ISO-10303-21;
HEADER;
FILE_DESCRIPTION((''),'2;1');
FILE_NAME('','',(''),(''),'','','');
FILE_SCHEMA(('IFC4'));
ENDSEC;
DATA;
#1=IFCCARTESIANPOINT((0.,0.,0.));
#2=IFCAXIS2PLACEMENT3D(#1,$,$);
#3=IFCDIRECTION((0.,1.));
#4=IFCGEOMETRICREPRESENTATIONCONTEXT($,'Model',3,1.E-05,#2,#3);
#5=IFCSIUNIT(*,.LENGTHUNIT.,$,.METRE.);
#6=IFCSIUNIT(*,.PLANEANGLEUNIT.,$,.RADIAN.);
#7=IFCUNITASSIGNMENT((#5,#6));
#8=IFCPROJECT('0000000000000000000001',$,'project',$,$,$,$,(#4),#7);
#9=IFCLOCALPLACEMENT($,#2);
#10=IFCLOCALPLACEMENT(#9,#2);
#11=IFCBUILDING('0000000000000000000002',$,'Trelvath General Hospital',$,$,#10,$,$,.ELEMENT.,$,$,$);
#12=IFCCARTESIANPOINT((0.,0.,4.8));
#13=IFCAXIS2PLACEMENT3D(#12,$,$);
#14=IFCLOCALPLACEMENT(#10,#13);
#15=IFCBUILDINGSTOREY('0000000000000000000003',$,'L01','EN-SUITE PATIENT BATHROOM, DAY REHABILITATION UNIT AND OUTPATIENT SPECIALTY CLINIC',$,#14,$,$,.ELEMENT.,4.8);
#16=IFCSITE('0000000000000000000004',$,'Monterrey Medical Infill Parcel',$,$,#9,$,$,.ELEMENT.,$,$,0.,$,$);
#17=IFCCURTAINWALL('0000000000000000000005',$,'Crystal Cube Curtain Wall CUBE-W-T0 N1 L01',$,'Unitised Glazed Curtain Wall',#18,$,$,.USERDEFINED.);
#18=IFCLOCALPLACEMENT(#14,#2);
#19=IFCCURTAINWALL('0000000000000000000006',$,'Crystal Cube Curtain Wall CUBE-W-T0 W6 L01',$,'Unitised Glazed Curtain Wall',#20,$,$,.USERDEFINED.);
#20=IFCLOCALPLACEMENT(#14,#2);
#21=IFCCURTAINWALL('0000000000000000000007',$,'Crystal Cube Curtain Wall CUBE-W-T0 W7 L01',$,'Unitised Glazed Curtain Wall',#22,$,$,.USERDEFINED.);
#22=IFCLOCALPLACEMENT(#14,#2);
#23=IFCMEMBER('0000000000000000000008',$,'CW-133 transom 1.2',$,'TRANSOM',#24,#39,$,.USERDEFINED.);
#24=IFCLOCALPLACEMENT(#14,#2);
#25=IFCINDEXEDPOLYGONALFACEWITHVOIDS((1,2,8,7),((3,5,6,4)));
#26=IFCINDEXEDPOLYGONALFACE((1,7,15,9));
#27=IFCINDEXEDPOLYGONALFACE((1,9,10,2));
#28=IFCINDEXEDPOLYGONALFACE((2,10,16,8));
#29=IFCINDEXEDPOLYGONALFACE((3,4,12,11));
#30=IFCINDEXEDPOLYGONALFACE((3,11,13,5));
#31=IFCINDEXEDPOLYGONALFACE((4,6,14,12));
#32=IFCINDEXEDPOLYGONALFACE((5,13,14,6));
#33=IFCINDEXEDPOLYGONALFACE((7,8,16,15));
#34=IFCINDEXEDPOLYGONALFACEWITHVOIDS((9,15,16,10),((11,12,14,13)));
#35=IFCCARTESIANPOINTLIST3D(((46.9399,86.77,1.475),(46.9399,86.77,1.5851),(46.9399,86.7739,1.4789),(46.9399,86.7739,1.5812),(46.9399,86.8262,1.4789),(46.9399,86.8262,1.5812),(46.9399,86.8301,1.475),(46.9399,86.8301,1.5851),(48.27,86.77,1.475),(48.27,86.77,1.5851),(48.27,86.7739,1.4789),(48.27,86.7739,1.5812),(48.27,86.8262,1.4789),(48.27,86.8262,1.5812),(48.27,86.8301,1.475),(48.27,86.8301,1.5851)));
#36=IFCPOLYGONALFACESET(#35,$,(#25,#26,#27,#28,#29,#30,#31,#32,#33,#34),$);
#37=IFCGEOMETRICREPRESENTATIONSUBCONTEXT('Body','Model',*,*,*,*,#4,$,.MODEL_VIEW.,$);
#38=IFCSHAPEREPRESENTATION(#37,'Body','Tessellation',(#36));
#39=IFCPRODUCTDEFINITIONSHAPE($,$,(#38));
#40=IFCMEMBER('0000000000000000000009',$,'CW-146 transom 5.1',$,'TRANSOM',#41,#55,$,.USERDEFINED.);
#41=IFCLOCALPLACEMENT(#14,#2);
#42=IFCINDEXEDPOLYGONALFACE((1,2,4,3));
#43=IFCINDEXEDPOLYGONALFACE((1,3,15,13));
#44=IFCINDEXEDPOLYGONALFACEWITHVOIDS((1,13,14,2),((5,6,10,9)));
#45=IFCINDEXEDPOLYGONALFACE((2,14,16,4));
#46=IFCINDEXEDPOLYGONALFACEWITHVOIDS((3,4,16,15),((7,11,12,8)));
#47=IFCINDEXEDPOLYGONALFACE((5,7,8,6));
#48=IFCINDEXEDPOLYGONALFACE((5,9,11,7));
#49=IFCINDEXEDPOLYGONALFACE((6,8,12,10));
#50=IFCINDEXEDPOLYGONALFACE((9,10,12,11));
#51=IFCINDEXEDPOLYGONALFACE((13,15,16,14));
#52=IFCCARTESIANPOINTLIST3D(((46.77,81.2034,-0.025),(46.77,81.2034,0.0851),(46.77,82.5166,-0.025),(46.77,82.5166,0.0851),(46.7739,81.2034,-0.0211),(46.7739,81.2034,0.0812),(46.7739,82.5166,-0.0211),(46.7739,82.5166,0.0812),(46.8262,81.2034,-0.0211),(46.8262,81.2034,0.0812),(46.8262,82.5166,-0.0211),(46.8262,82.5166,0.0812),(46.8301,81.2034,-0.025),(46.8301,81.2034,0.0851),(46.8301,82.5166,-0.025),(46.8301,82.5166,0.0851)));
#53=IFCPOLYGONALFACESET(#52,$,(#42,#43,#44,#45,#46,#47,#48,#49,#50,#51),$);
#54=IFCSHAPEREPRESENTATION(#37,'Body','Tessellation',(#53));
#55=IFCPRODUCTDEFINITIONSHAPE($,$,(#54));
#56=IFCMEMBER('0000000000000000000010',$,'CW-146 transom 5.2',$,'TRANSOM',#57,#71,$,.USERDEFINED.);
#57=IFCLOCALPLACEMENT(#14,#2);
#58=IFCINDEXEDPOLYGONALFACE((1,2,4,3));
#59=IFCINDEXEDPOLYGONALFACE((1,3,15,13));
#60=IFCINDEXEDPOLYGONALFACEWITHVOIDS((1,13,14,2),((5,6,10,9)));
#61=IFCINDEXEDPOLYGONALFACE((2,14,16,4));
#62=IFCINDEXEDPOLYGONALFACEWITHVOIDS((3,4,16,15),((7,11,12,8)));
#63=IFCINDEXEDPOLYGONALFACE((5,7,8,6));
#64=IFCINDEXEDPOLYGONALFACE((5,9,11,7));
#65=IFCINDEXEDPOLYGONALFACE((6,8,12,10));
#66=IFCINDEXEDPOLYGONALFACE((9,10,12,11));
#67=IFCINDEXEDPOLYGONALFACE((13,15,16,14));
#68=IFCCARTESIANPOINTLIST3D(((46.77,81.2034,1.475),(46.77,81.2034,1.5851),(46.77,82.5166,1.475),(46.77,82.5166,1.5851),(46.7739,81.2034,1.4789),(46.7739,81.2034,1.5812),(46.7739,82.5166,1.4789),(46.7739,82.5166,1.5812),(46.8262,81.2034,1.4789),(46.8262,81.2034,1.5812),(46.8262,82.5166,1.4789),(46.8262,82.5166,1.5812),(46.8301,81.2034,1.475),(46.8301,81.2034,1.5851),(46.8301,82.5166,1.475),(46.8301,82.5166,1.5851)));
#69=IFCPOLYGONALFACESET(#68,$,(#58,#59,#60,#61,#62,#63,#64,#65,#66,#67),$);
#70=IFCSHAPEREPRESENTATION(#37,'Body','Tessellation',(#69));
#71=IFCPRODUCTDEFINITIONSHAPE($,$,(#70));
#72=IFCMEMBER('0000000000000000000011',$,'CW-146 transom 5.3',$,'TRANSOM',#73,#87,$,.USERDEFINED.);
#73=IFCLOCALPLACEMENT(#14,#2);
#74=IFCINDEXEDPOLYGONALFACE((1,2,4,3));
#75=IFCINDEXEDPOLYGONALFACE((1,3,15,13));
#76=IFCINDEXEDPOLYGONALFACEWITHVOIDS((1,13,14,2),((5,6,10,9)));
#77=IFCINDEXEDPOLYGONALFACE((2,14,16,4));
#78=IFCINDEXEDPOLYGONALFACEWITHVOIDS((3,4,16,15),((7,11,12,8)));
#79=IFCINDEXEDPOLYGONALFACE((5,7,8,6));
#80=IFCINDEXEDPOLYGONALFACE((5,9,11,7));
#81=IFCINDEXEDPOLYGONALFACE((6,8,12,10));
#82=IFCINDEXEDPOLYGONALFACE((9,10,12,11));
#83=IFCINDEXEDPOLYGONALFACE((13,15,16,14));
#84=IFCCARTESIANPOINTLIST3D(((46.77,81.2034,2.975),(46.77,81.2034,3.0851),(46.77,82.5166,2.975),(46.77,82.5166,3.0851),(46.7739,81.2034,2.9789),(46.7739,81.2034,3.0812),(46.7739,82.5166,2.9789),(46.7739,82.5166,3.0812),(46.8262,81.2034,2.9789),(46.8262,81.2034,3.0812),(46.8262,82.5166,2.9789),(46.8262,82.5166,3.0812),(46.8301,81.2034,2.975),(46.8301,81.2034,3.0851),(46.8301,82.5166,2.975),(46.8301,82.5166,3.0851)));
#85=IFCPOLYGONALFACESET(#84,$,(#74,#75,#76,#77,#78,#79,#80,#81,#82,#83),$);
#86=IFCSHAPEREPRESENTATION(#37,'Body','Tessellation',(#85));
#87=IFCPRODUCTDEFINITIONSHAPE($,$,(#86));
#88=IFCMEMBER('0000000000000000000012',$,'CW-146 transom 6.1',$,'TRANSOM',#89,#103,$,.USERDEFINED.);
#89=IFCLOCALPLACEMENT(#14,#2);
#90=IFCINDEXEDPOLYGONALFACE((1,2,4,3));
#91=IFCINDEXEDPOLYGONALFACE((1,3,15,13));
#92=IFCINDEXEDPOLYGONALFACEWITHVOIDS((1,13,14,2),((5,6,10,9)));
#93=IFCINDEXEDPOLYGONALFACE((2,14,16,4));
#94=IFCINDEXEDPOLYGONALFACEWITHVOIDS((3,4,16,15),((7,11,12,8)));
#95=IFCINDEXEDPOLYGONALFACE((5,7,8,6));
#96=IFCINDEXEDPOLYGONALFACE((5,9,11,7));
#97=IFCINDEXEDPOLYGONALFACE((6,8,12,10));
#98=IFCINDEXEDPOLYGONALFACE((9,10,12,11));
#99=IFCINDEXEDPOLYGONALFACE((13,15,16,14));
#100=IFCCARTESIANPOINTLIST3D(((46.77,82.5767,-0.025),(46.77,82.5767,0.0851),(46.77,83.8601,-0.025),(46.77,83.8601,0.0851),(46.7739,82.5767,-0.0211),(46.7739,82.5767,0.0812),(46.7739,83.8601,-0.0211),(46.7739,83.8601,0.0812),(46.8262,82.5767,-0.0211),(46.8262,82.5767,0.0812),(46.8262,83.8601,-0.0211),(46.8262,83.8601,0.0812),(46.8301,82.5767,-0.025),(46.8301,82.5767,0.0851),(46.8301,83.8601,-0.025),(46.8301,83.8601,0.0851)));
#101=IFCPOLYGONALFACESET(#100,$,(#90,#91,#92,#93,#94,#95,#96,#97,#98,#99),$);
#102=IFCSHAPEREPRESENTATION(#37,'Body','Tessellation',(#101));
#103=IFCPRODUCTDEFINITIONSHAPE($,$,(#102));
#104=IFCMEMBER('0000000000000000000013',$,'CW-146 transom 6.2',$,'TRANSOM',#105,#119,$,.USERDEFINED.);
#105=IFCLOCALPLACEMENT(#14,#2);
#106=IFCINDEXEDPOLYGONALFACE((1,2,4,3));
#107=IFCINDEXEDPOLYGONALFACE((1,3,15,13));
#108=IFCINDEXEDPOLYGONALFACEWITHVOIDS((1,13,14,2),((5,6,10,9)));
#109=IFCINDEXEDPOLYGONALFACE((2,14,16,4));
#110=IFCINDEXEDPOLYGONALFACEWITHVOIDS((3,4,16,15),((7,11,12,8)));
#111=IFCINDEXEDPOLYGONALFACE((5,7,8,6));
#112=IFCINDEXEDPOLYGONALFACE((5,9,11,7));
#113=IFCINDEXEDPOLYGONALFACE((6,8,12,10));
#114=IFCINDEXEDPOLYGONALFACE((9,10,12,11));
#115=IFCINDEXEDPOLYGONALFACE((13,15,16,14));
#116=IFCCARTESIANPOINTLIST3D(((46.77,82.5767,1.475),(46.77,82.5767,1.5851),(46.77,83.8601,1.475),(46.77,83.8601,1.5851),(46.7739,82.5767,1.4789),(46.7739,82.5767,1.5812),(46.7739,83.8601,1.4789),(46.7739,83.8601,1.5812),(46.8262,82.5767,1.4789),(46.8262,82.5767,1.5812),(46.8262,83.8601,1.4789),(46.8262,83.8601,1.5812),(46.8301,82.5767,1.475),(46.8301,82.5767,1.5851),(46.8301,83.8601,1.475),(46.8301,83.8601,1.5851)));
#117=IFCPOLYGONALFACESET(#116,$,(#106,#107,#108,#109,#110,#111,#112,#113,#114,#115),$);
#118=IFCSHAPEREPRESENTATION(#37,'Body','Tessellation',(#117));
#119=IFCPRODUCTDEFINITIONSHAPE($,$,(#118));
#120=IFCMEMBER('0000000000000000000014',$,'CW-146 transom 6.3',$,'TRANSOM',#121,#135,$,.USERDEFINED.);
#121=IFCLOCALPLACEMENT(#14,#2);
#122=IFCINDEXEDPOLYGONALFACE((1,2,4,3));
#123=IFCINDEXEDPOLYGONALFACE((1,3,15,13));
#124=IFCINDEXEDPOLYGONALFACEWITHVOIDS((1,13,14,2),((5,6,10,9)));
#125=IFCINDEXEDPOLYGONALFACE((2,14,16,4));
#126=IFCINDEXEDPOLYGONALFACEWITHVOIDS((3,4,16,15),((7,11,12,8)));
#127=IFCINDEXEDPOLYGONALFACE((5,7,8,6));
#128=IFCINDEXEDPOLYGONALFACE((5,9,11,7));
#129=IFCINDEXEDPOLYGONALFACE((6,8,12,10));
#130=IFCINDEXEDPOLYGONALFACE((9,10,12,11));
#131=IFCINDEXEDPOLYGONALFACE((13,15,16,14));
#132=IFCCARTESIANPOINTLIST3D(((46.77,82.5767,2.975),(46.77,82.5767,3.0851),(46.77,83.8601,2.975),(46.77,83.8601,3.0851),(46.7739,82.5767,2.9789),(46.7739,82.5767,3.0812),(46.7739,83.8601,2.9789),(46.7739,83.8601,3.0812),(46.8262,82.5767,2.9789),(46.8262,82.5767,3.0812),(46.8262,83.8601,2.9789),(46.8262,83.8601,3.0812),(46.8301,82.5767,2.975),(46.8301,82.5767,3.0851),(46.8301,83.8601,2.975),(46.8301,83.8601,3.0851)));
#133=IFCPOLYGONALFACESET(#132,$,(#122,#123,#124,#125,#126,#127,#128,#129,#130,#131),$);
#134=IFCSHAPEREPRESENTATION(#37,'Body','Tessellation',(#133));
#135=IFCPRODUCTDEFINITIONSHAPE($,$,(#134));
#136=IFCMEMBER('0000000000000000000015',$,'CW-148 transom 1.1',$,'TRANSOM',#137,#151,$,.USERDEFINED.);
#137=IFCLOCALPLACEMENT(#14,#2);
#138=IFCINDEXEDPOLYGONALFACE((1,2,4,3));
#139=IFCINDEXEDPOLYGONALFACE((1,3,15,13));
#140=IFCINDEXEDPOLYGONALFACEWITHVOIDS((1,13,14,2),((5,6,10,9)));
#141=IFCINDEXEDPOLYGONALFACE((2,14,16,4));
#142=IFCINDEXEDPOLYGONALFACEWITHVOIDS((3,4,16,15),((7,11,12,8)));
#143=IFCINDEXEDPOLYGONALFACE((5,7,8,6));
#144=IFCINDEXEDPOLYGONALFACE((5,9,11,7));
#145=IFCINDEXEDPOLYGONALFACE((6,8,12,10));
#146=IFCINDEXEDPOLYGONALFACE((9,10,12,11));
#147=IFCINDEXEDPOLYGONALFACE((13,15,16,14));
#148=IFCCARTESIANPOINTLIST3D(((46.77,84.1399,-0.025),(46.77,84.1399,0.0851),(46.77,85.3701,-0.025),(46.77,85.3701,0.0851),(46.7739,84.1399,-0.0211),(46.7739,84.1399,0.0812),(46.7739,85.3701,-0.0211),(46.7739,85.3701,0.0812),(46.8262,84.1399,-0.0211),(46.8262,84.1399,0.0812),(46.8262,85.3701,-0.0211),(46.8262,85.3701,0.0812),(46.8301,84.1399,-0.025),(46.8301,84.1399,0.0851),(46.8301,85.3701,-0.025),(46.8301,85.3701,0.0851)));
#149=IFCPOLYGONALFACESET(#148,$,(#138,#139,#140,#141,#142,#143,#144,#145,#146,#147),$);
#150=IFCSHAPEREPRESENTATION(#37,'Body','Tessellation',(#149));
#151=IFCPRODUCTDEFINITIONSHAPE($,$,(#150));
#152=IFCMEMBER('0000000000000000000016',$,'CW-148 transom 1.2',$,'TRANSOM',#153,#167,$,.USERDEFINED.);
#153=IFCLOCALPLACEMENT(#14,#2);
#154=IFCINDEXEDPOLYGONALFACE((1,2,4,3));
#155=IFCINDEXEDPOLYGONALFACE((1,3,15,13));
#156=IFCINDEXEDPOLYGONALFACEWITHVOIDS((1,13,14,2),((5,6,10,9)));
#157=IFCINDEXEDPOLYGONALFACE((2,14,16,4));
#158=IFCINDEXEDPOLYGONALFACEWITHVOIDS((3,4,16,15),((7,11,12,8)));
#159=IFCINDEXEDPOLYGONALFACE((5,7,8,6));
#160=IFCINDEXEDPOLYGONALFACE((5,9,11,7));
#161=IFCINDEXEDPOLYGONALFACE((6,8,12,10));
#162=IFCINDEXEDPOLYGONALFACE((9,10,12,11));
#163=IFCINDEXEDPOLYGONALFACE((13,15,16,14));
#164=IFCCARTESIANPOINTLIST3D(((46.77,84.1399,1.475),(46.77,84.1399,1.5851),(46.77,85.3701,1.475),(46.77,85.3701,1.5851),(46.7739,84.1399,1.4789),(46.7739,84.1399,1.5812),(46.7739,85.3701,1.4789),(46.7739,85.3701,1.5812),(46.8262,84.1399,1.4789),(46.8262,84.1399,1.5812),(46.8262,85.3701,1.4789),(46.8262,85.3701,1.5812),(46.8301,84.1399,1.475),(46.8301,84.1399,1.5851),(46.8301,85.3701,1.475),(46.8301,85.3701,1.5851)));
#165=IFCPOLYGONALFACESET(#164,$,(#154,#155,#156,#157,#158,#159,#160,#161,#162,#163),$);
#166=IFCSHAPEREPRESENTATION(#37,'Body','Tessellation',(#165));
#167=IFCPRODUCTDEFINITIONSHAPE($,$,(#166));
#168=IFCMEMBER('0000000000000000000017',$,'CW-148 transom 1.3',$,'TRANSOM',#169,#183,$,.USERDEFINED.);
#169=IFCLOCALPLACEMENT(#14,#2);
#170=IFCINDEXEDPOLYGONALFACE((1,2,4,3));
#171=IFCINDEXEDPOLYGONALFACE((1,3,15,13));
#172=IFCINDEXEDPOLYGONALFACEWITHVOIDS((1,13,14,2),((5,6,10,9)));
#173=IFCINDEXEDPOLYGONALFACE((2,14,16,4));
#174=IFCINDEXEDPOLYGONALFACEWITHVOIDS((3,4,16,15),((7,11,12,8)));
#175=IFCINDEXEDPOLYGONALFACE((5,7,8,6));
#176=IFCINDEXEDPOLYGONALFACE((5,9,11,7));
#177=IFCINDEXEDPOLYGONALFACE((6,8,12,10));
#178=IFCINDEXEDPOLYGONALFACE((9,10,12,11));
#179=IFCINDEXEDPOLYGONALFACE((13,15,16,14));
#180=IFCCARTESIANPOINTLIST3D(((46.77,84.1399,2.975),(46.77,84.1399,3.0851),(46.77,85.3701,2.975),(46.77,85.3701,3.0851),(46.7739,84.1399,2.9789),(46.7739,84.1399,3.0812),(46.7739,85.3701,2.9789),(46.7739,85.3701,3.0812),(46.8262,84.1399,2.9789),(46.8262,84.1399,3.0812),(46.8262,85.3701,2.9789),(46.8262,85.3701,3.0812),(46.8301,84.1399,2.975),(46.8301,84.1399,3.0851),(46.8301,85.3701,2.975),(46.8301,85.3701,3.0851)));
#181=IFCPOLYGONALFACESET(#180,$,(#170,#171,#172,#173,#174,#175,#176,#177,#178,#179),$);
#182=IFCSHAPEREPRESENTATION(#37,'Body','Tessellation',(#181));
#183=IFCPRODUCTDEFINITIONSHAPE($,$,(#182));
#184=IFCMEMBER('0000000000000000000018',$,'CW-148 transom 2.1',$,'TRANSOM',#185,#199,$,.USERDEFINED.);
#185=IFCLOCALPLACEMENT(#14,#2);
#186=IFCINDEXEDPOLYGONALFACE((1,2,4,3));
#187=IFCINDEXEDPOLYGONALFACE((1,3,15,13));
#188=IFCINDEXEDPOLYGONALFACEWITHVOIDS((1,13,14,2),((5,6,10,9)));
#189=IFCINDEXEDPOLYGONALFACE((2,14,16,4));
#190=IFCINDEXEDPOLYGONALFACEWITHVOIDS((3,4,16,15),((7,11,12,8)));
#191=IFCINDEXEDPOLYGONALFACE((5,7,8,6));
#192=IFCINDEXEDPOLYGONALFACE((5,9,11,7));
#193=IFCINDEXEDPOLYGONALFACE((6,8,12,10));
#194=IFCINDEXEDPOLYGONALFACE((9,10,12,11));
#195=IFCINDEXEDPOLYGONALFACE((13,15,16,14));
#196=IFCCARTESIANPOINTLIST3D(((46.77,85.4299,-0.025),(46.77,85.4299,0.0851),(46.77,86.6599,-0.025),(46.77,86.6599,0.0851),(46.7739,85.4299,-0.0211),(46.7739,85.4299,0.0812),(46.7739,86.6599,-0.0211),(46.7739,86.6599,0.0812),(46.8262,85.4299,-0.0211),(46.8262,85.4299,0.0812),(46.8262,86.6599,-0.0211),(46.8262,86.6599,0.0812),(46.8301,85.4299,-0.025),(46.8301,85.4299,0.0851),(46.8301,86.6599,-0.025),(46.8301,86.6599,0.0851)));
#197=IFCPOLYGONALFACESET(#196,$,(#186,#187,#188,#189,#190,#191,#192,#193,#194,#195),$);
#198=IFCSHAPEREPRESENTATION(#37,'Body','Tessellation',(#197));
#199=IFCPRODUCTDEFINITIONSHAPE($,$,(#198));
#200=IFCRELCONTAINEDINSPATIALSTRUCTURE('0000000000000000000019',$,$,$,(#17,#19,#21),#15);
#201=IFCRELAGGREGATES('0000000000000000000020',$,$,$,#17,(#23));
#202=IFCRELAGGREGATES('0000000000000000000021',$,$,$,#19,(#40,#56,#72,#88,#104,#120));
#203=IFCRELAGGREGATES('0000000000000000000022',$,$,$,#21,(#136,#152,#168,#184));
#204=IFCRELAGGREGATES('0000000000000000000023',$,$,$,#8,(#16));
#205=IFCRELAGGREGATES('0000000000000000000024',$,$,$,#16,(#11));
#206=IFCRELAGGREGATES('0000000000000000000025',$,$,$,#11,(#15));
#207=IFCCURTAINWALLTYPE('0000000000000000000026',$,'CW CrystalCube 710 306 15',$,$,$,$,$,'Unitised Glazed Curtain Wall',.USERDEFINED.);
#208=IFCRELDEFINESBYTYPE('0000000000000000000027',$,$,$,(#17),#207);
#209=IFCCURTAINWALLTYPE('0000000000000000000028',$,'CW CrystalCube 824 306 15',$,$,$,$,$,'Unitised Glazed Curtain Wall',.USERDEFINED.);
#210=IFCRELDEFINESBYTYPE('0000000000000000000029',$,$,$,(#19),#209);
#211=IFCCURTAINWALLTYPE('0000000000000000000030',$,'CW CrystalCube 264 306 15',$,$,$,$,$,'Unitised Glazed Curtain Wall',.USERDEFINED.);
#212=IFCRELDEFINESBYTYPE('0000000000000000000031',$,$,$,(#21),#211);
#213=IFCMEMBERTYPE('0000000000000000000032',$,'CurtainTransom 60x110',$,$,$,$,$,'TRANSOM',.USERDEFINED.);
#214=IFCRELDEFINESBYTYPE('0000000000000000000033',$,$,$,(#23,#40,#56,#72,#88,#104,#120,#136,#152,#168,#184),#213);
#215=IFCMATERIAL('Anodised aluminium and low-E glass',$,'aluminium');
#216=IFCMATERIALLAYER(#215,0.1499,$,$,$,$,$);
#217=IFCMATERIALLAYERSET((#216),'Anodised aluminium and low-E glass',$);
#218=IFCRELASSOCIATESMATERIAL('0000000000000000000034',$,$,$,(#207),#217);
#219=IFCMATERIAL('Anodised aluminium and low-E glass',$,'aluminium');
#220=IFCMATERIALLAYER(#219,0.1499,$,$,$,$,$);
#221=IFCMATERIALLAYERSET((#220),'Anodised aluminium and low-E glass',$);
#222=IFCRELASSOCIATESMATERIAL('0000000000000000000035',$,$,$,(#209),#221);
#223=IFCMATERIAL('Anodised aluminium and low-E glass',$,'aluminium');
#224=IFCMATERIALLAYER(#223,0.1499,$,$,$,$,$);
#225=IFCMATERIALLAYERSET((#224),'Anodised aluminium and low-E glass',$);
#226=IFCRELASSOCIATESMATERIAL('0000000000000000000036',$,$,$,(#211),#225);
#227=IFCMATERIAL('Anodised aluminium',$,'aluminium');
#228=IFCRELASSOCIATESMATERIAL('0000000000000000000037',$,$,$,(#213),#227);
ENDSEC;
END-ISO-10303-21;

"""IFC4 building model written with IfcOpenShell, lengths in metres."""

from ifc_helpers import new_model, si_unit, direction, frame, origin, origin_2d, place, context, subcontext, project, spatial, hollow_rectangle, extrude, material, layer, layer_set, material_profile, profile_set, type_object, element, aggregate, save


model = new_model("IFC4")

# Units and contexts
model_context = context("Model", 3, precision=1e-05, world=origin(), true_north=direction((0.0, 1.0)))
body_context = subcontext(model_context, "Body", "Model", "MODEL_VIEW")
ifc_project = project(units=[si_unit("LENGTHUNIT", "METRE"), si_unit("PLANEANGLEUNIT", "RADIAN")], contexts=[model_context])

# Site, building, storey
site_placement = place(None, origin())
site = spatial("IfcSite", under=ifc_project, at=site_placement, Name="Monterrey Medical Infill Parcel", CompositionType="ELEMENT", RefElevation=0.0)
building_placement = place(site_placement, origin())
building = spatial("IfcBuilding", under=site, at=building_placement, Name="Trelvath General Hospital", CompositionType="ELEMENT")
storey_placement = place(building_placement, frame((0.0, 0.0, 4.8)))
storey = spatial("IfcBuildingStorey", under=building, at=storey_placement, Name="L01", Description="EN-SUITE PATIENT BATHROOM, DAY REHABILITATION UNIT AND OUTPATIENT SPECIALTY CLINIC", CompositionType="ELEMENT", Elevation=4.8)

# Curtain wall
ifc_material_1 = material(Name="Anodised aluminium and low-E glass", Category="aluminium")
ifc_layer_1 = layer(ifc_material_1, 0.1499)
ifc_layer_set_1 = layer_set([ifc_layer_1], Name="Anodised aluminium and low-E glass")
curtain_wall_type_1 = type_object("IfcCurtainWallType", Name="CW CrystalCube 710 306 15", ElementType="Unitised Glazed Curtain Wall", PredefinedType="USERDEFINED", material=ifc_layer_set_1)
curtain_wall_1_placement = place(storey_placement, origin())
curtain_wall_1 = element("IfcCurtainWall", 1, at=curtain_wall_1_placement, inside=storey, type_object=curtain_wall_type_1, Name="Crystal Cube Curtain Wall CUBE-W-T0 N1 L01", ObjectType="Unitised Glazed Curtain Wall", PredefinedType="USERDEFINED")

# Curtain walls
ifc_material_2 = material(Name="Anodised aluminium and low-E glass", Category="aluminium")
ifc_layer_2 = layer(ifc_material_2, 0.1499)
ifc_layer_set_2 = layer_set([ifc_layer_2], Name="Anodised aluminium and low-E glass")
curtain_wall_type_2 = type_object("IfcCurtainWallType", Name="CW CrystalCube 824 306 15", ElementType="Unitised Glazed Curtain Wall", PredefinedType="USERDEFINED", material=ifc_layer_set_2)
curtain_wall_2_placement = place(storey_placement, origin())
curtain_wall_2 = element("IfcCurtainWall", 2, at=curtain_wall_2_placement, inside=storey, type_object=curtain_wall_type_2, Name="Crystal Cube Curtain Wall CUBE-W-T0 W6 L01", ObjectType="Unitised Glazed Curtain Wall", PredefinedType="USERDEFINED")
ifc_material_3 = material(Name="Anodised aluminium and low-E glass", Category="aluminium")
ifc_layer_3 = layer(ifc_material_3, 0.1499)
ifc_layer_set_3 = layer_set([ifc_layer_3], Name="Anodised aluminium and low-E glass")
curtain_wall_type_3 = type_object("IfcCurtainWallType", Name="CW CrystalCube 264 306 15", ElementType="Unitised Glazed Curtain Wall", PredefinedType="USERDEFINED", material=ifc_layer_set_3)
curtain_wall_3_placement = place(storey_placement, origin())
curtain_wall_3 = element("IfcCurtainWall", 3, at=curtain_wall_3_placement, inside=storey, type_object=curtain_wall_type_3, Name="Crystal Cube Curtain Wall CUBE-W-T0 W7 L01", ObjectType="Unitised Glazed Curtain Wall", PredefinedType="USERDEFINED")

# Members
ifc_material_4 = material(Name="Anodised aluminium", Category="aluminium")
ifc_material_profile_1 = material_profile(ifc_material_4, hollow_rectangle(XDim=0.0601, YDim=0.1101, WallThickness=0.0039, at=origin_2d()), Name="RHS60x110x4")
ifc_profile_set_1 = profile_set([ifc_material_profile_1], Name="Anodised aluminium")
member_type_1 = type_object("IfcMemberType", Name="CurtainTransom 60x110", ElementType="TRANSOM", PredefinedType="USERDEFINED", material=ifc_profile_set_1)
member_1_placement = place(storey_placement, frame((46.9399, 86.8, 1.53), z_axis=(1.0, 0.0, 0.0), x_axis=(0.0, 1.0, 0.0)))
member_1 = element("IfcMember", 4, at=member_1_placement, type_object=member_type_1, Name="CW-133 transom 1.2", ObjectType="TRANSOM", PredefinedType="USERDEFINED", context=body_context, shape_type="SweptSolid", body=[
    extrude(hollow_rectangle(XDim=0.0601, YDim=0.1101, WallThickness=0.0039, at=origin_2d()), origin(), (0.0, 0.0, 1.0), 1.3301),
])
aggregate(curtain_wall_1, [member_1])
member_2_placement = place(storey_placement, frame((46.8, 81.2034, 0.03), z_axis=(0.0, 1.0, 0.0), x_axis=(-1.0, 0.0, 0.0)))
member_2 = element("IfcMember", 5, at=member_2_placement, type_object=member_type_1, Name="CW-146 transom 5.1", ObjectType="TRANSOM", PredefinedType="USERDEFINED", context=body_context, shape_type="SweptSolid", body=[
    extrude(hollow_rectangle(XDim=0.0601, YDim=0.1101, WallThickness=0.0039, at=origin_2d()), origin(), (0.0, 0.0, 1.0), 1.3132),
])
member_3_placement = place(storey_placement, frame((46.8, 81.2034, 1.53), z_axis=(0.0, 1.0, 0.0), x_axis=(-1.0, 0.0, 0.0)))
member_3 = element("IfcMember", 6, at=member_3_placement, type_object=member_type_1, Name="CW-146 transom 5.2", ObjectType="TRANSOM", PredefinedType="USERDEFINED", context=body_context, shape_type="SweptSolid", body=[
    extrude(hollow_rectangle(XDim=0.0601, YDim=0.1101, WallThickness=0.0039, at=origin_2d()), origin(), (0.0, 0.0, 1.0), 1.3132),
])
member_4_placement = place(storey_placement, frame((46.8, 81.2034, 3.03), z_axis=(0.0, 1.0, 0.0), x_axis=(-1.0, 0.0, 0.0)))
member_4 = element("IfcMember", 7, at=member_4_placement, type_object=member_type_1, Name="CW-146 transom 5.3", ObjectType="TRANSOM", PredefinedType="USERDEFINED", context=body_context, shape_type="SweptSolid", body=[
    extrude(hollow_rectangle(XDim=0.0601, YDim=0.1101, WallThickness=0.0039, at=origin_2d()), origin(), (0.0, 0.0, 1.0), 1.3132),
])
member_5_placement = place(storey_placement, frame((46.8, 82.5767, 0.03), z_axis=(0.0, 1.0, 0.0), x_axis=(-1.0, 0.0, 0.0)))
member_5 = element("IfcMember", 8, at=member_5_placement, type_object=member_type_1, Name="CW-146 transom 6.1", ObjectType="TRANSOM", PredefinedType="USERDEFINED", context=body_context, shape_type="SweptSolid", body=[
    extrude(hollow_rectangle(XDim=0.0601, YDim=0.1101, WallThickness=0.0039, at=origin_2d()), origin(), (0.0, 0.0, 1.0), 1.2834),
])
member_6_placement = place(storey_placement, frame((46.8, 82.5767, 1.53), z_axis=(0.0, 1.0, 0.0), x_axis=(-1.0, 0.0, 0.0)))
member_6 = element("IfcMember", 9, at=member_6_placement, type_object=member_type_1, Name="CW-146 transom 6.2", ObjectType="TRANSOM", PredefinedType="USERDEFINED", context=body_context, shape_type="SweptSolid", body=[
    extrude(hollow_rectangle(XDim=0.0601, YDim=0.1101, WallThickness=0.0039, at=origin_2d()), origin(), (0.0, 0.0, 1.0), 1.2834),
])
member_7_placement = place(storey_placement, frame((46.8, 82.5767, 3.03), z_axis=(0.0, 1.0, 0.0), x_axis=(-1.0, 0.0, 0.0)))
member_7 = element("IfcMember", 10, at=member_7_placement, type_object=member_type_1, Name="CW-146 transom 6.3", ObjectType="TRANSOM", PredefinedType="USERDEFINED", context=body_context, shape_type="SweptSolid", body=[
    extrude(hollow_rectangle(XDim=0.0601, YDim=0.1101, WallThickness=0.0039, at=origin_2d()), origin(), (0.0, 0.0, 1.0), 1.2834),
])
member_8_placement = place(storey_placement, frame((46.8, 84.1399, 0.03), z_axis=(0.0, 1.0, 0.0), x_axis=(-1.0, 0.0, 0.0)))
member_8 = element("IfcMember", 11, at=member_8_placement, type_object=member_type_1, Name="CW-148 transom 1.1", ObjectType="TRANSOM", PredefinedType="USERDEFINED", context=body_context, shape_type="SweptSolid", body=[
    extrude(hollow_rectangle(XDim=0.0601, YDim=0.1101, WallThickness=0.0039, at=origin_2d()), origin(), (0.0, 0.0, 1.0), 1.2302),
])
member_9_placement = place(storey_placement, frame((46.8, 84.1399, 1.53), z_axis=(0.0, 1.0, 0.0), x_axis=(-1.0, 0.0, 0.0)))
member_9 = element("IfcMember", 12, at=member_9_placement, type_object=member_type_1, Name="CW-148 transom 1.2", ObjectType="TRANSOM", PredefinedType="USERDEFINED", context=body_context, shape_type="SweptSolid", body=[
    extrude(hollow_rectangle(XDim=0.0601, YDim=0.1101, WallThickness=0.0039, at=origin_2d()), origin(), (0.0, 0.0, 1.0), 1.2302),
])
member_10_placement = place(storey_placement, frame((46.8, 84.1399, 3.03), z_axis=(0.0, 1.0, 0.0), x_axis=(-1.0, 0.0, 0.0)))
member_10 = element("IfcMember", 13, at=member_10_placement, type_object=member_type_1, Name="CW-148 transom 1.3", ObjectType="TRANSOM", PredefinedType="USERDEFINED", context=body_context, shape_type="SweptSolid", body=[
    extrude(hollow_rectangle(XDim=0.0601, YDim=0.1101, WallThickness=0.0039, at=origin_2d()), origin(), (0.0, 0.0, 1.0), 1.2302),
])
member_11_placement = place(storey_placement, frame((46.8, 85.4299, 0.03), z_axis=(0.0, 1.0, 0.0), x_axis=(-1.0, 0.0, 0.0)))
member_11 = element("IfcMember", 14, at=member_11_placement, type_object=member_type_1, Name="CW-148 transom 2.1", ObjectType="TRANSOM", PredefinedType="USERDEFINED", context=body_context, shape_type="SweptSolid", body=[
    extrude(hollow_rectangle(XDim=0.0601, YDim=0.1101, WallThickness=0.0039, at=origin_2d()), origin(), (0.0, 0.0, 1.0), 1.23),
])

aggregate(curtain_wall_2, [member_2, member_3, member_4, member_5, member_6, member_7])
aggregate(curtain_wall_3, [member_8, member_9, member_10, member_11])

save(model, "model.ifc")
